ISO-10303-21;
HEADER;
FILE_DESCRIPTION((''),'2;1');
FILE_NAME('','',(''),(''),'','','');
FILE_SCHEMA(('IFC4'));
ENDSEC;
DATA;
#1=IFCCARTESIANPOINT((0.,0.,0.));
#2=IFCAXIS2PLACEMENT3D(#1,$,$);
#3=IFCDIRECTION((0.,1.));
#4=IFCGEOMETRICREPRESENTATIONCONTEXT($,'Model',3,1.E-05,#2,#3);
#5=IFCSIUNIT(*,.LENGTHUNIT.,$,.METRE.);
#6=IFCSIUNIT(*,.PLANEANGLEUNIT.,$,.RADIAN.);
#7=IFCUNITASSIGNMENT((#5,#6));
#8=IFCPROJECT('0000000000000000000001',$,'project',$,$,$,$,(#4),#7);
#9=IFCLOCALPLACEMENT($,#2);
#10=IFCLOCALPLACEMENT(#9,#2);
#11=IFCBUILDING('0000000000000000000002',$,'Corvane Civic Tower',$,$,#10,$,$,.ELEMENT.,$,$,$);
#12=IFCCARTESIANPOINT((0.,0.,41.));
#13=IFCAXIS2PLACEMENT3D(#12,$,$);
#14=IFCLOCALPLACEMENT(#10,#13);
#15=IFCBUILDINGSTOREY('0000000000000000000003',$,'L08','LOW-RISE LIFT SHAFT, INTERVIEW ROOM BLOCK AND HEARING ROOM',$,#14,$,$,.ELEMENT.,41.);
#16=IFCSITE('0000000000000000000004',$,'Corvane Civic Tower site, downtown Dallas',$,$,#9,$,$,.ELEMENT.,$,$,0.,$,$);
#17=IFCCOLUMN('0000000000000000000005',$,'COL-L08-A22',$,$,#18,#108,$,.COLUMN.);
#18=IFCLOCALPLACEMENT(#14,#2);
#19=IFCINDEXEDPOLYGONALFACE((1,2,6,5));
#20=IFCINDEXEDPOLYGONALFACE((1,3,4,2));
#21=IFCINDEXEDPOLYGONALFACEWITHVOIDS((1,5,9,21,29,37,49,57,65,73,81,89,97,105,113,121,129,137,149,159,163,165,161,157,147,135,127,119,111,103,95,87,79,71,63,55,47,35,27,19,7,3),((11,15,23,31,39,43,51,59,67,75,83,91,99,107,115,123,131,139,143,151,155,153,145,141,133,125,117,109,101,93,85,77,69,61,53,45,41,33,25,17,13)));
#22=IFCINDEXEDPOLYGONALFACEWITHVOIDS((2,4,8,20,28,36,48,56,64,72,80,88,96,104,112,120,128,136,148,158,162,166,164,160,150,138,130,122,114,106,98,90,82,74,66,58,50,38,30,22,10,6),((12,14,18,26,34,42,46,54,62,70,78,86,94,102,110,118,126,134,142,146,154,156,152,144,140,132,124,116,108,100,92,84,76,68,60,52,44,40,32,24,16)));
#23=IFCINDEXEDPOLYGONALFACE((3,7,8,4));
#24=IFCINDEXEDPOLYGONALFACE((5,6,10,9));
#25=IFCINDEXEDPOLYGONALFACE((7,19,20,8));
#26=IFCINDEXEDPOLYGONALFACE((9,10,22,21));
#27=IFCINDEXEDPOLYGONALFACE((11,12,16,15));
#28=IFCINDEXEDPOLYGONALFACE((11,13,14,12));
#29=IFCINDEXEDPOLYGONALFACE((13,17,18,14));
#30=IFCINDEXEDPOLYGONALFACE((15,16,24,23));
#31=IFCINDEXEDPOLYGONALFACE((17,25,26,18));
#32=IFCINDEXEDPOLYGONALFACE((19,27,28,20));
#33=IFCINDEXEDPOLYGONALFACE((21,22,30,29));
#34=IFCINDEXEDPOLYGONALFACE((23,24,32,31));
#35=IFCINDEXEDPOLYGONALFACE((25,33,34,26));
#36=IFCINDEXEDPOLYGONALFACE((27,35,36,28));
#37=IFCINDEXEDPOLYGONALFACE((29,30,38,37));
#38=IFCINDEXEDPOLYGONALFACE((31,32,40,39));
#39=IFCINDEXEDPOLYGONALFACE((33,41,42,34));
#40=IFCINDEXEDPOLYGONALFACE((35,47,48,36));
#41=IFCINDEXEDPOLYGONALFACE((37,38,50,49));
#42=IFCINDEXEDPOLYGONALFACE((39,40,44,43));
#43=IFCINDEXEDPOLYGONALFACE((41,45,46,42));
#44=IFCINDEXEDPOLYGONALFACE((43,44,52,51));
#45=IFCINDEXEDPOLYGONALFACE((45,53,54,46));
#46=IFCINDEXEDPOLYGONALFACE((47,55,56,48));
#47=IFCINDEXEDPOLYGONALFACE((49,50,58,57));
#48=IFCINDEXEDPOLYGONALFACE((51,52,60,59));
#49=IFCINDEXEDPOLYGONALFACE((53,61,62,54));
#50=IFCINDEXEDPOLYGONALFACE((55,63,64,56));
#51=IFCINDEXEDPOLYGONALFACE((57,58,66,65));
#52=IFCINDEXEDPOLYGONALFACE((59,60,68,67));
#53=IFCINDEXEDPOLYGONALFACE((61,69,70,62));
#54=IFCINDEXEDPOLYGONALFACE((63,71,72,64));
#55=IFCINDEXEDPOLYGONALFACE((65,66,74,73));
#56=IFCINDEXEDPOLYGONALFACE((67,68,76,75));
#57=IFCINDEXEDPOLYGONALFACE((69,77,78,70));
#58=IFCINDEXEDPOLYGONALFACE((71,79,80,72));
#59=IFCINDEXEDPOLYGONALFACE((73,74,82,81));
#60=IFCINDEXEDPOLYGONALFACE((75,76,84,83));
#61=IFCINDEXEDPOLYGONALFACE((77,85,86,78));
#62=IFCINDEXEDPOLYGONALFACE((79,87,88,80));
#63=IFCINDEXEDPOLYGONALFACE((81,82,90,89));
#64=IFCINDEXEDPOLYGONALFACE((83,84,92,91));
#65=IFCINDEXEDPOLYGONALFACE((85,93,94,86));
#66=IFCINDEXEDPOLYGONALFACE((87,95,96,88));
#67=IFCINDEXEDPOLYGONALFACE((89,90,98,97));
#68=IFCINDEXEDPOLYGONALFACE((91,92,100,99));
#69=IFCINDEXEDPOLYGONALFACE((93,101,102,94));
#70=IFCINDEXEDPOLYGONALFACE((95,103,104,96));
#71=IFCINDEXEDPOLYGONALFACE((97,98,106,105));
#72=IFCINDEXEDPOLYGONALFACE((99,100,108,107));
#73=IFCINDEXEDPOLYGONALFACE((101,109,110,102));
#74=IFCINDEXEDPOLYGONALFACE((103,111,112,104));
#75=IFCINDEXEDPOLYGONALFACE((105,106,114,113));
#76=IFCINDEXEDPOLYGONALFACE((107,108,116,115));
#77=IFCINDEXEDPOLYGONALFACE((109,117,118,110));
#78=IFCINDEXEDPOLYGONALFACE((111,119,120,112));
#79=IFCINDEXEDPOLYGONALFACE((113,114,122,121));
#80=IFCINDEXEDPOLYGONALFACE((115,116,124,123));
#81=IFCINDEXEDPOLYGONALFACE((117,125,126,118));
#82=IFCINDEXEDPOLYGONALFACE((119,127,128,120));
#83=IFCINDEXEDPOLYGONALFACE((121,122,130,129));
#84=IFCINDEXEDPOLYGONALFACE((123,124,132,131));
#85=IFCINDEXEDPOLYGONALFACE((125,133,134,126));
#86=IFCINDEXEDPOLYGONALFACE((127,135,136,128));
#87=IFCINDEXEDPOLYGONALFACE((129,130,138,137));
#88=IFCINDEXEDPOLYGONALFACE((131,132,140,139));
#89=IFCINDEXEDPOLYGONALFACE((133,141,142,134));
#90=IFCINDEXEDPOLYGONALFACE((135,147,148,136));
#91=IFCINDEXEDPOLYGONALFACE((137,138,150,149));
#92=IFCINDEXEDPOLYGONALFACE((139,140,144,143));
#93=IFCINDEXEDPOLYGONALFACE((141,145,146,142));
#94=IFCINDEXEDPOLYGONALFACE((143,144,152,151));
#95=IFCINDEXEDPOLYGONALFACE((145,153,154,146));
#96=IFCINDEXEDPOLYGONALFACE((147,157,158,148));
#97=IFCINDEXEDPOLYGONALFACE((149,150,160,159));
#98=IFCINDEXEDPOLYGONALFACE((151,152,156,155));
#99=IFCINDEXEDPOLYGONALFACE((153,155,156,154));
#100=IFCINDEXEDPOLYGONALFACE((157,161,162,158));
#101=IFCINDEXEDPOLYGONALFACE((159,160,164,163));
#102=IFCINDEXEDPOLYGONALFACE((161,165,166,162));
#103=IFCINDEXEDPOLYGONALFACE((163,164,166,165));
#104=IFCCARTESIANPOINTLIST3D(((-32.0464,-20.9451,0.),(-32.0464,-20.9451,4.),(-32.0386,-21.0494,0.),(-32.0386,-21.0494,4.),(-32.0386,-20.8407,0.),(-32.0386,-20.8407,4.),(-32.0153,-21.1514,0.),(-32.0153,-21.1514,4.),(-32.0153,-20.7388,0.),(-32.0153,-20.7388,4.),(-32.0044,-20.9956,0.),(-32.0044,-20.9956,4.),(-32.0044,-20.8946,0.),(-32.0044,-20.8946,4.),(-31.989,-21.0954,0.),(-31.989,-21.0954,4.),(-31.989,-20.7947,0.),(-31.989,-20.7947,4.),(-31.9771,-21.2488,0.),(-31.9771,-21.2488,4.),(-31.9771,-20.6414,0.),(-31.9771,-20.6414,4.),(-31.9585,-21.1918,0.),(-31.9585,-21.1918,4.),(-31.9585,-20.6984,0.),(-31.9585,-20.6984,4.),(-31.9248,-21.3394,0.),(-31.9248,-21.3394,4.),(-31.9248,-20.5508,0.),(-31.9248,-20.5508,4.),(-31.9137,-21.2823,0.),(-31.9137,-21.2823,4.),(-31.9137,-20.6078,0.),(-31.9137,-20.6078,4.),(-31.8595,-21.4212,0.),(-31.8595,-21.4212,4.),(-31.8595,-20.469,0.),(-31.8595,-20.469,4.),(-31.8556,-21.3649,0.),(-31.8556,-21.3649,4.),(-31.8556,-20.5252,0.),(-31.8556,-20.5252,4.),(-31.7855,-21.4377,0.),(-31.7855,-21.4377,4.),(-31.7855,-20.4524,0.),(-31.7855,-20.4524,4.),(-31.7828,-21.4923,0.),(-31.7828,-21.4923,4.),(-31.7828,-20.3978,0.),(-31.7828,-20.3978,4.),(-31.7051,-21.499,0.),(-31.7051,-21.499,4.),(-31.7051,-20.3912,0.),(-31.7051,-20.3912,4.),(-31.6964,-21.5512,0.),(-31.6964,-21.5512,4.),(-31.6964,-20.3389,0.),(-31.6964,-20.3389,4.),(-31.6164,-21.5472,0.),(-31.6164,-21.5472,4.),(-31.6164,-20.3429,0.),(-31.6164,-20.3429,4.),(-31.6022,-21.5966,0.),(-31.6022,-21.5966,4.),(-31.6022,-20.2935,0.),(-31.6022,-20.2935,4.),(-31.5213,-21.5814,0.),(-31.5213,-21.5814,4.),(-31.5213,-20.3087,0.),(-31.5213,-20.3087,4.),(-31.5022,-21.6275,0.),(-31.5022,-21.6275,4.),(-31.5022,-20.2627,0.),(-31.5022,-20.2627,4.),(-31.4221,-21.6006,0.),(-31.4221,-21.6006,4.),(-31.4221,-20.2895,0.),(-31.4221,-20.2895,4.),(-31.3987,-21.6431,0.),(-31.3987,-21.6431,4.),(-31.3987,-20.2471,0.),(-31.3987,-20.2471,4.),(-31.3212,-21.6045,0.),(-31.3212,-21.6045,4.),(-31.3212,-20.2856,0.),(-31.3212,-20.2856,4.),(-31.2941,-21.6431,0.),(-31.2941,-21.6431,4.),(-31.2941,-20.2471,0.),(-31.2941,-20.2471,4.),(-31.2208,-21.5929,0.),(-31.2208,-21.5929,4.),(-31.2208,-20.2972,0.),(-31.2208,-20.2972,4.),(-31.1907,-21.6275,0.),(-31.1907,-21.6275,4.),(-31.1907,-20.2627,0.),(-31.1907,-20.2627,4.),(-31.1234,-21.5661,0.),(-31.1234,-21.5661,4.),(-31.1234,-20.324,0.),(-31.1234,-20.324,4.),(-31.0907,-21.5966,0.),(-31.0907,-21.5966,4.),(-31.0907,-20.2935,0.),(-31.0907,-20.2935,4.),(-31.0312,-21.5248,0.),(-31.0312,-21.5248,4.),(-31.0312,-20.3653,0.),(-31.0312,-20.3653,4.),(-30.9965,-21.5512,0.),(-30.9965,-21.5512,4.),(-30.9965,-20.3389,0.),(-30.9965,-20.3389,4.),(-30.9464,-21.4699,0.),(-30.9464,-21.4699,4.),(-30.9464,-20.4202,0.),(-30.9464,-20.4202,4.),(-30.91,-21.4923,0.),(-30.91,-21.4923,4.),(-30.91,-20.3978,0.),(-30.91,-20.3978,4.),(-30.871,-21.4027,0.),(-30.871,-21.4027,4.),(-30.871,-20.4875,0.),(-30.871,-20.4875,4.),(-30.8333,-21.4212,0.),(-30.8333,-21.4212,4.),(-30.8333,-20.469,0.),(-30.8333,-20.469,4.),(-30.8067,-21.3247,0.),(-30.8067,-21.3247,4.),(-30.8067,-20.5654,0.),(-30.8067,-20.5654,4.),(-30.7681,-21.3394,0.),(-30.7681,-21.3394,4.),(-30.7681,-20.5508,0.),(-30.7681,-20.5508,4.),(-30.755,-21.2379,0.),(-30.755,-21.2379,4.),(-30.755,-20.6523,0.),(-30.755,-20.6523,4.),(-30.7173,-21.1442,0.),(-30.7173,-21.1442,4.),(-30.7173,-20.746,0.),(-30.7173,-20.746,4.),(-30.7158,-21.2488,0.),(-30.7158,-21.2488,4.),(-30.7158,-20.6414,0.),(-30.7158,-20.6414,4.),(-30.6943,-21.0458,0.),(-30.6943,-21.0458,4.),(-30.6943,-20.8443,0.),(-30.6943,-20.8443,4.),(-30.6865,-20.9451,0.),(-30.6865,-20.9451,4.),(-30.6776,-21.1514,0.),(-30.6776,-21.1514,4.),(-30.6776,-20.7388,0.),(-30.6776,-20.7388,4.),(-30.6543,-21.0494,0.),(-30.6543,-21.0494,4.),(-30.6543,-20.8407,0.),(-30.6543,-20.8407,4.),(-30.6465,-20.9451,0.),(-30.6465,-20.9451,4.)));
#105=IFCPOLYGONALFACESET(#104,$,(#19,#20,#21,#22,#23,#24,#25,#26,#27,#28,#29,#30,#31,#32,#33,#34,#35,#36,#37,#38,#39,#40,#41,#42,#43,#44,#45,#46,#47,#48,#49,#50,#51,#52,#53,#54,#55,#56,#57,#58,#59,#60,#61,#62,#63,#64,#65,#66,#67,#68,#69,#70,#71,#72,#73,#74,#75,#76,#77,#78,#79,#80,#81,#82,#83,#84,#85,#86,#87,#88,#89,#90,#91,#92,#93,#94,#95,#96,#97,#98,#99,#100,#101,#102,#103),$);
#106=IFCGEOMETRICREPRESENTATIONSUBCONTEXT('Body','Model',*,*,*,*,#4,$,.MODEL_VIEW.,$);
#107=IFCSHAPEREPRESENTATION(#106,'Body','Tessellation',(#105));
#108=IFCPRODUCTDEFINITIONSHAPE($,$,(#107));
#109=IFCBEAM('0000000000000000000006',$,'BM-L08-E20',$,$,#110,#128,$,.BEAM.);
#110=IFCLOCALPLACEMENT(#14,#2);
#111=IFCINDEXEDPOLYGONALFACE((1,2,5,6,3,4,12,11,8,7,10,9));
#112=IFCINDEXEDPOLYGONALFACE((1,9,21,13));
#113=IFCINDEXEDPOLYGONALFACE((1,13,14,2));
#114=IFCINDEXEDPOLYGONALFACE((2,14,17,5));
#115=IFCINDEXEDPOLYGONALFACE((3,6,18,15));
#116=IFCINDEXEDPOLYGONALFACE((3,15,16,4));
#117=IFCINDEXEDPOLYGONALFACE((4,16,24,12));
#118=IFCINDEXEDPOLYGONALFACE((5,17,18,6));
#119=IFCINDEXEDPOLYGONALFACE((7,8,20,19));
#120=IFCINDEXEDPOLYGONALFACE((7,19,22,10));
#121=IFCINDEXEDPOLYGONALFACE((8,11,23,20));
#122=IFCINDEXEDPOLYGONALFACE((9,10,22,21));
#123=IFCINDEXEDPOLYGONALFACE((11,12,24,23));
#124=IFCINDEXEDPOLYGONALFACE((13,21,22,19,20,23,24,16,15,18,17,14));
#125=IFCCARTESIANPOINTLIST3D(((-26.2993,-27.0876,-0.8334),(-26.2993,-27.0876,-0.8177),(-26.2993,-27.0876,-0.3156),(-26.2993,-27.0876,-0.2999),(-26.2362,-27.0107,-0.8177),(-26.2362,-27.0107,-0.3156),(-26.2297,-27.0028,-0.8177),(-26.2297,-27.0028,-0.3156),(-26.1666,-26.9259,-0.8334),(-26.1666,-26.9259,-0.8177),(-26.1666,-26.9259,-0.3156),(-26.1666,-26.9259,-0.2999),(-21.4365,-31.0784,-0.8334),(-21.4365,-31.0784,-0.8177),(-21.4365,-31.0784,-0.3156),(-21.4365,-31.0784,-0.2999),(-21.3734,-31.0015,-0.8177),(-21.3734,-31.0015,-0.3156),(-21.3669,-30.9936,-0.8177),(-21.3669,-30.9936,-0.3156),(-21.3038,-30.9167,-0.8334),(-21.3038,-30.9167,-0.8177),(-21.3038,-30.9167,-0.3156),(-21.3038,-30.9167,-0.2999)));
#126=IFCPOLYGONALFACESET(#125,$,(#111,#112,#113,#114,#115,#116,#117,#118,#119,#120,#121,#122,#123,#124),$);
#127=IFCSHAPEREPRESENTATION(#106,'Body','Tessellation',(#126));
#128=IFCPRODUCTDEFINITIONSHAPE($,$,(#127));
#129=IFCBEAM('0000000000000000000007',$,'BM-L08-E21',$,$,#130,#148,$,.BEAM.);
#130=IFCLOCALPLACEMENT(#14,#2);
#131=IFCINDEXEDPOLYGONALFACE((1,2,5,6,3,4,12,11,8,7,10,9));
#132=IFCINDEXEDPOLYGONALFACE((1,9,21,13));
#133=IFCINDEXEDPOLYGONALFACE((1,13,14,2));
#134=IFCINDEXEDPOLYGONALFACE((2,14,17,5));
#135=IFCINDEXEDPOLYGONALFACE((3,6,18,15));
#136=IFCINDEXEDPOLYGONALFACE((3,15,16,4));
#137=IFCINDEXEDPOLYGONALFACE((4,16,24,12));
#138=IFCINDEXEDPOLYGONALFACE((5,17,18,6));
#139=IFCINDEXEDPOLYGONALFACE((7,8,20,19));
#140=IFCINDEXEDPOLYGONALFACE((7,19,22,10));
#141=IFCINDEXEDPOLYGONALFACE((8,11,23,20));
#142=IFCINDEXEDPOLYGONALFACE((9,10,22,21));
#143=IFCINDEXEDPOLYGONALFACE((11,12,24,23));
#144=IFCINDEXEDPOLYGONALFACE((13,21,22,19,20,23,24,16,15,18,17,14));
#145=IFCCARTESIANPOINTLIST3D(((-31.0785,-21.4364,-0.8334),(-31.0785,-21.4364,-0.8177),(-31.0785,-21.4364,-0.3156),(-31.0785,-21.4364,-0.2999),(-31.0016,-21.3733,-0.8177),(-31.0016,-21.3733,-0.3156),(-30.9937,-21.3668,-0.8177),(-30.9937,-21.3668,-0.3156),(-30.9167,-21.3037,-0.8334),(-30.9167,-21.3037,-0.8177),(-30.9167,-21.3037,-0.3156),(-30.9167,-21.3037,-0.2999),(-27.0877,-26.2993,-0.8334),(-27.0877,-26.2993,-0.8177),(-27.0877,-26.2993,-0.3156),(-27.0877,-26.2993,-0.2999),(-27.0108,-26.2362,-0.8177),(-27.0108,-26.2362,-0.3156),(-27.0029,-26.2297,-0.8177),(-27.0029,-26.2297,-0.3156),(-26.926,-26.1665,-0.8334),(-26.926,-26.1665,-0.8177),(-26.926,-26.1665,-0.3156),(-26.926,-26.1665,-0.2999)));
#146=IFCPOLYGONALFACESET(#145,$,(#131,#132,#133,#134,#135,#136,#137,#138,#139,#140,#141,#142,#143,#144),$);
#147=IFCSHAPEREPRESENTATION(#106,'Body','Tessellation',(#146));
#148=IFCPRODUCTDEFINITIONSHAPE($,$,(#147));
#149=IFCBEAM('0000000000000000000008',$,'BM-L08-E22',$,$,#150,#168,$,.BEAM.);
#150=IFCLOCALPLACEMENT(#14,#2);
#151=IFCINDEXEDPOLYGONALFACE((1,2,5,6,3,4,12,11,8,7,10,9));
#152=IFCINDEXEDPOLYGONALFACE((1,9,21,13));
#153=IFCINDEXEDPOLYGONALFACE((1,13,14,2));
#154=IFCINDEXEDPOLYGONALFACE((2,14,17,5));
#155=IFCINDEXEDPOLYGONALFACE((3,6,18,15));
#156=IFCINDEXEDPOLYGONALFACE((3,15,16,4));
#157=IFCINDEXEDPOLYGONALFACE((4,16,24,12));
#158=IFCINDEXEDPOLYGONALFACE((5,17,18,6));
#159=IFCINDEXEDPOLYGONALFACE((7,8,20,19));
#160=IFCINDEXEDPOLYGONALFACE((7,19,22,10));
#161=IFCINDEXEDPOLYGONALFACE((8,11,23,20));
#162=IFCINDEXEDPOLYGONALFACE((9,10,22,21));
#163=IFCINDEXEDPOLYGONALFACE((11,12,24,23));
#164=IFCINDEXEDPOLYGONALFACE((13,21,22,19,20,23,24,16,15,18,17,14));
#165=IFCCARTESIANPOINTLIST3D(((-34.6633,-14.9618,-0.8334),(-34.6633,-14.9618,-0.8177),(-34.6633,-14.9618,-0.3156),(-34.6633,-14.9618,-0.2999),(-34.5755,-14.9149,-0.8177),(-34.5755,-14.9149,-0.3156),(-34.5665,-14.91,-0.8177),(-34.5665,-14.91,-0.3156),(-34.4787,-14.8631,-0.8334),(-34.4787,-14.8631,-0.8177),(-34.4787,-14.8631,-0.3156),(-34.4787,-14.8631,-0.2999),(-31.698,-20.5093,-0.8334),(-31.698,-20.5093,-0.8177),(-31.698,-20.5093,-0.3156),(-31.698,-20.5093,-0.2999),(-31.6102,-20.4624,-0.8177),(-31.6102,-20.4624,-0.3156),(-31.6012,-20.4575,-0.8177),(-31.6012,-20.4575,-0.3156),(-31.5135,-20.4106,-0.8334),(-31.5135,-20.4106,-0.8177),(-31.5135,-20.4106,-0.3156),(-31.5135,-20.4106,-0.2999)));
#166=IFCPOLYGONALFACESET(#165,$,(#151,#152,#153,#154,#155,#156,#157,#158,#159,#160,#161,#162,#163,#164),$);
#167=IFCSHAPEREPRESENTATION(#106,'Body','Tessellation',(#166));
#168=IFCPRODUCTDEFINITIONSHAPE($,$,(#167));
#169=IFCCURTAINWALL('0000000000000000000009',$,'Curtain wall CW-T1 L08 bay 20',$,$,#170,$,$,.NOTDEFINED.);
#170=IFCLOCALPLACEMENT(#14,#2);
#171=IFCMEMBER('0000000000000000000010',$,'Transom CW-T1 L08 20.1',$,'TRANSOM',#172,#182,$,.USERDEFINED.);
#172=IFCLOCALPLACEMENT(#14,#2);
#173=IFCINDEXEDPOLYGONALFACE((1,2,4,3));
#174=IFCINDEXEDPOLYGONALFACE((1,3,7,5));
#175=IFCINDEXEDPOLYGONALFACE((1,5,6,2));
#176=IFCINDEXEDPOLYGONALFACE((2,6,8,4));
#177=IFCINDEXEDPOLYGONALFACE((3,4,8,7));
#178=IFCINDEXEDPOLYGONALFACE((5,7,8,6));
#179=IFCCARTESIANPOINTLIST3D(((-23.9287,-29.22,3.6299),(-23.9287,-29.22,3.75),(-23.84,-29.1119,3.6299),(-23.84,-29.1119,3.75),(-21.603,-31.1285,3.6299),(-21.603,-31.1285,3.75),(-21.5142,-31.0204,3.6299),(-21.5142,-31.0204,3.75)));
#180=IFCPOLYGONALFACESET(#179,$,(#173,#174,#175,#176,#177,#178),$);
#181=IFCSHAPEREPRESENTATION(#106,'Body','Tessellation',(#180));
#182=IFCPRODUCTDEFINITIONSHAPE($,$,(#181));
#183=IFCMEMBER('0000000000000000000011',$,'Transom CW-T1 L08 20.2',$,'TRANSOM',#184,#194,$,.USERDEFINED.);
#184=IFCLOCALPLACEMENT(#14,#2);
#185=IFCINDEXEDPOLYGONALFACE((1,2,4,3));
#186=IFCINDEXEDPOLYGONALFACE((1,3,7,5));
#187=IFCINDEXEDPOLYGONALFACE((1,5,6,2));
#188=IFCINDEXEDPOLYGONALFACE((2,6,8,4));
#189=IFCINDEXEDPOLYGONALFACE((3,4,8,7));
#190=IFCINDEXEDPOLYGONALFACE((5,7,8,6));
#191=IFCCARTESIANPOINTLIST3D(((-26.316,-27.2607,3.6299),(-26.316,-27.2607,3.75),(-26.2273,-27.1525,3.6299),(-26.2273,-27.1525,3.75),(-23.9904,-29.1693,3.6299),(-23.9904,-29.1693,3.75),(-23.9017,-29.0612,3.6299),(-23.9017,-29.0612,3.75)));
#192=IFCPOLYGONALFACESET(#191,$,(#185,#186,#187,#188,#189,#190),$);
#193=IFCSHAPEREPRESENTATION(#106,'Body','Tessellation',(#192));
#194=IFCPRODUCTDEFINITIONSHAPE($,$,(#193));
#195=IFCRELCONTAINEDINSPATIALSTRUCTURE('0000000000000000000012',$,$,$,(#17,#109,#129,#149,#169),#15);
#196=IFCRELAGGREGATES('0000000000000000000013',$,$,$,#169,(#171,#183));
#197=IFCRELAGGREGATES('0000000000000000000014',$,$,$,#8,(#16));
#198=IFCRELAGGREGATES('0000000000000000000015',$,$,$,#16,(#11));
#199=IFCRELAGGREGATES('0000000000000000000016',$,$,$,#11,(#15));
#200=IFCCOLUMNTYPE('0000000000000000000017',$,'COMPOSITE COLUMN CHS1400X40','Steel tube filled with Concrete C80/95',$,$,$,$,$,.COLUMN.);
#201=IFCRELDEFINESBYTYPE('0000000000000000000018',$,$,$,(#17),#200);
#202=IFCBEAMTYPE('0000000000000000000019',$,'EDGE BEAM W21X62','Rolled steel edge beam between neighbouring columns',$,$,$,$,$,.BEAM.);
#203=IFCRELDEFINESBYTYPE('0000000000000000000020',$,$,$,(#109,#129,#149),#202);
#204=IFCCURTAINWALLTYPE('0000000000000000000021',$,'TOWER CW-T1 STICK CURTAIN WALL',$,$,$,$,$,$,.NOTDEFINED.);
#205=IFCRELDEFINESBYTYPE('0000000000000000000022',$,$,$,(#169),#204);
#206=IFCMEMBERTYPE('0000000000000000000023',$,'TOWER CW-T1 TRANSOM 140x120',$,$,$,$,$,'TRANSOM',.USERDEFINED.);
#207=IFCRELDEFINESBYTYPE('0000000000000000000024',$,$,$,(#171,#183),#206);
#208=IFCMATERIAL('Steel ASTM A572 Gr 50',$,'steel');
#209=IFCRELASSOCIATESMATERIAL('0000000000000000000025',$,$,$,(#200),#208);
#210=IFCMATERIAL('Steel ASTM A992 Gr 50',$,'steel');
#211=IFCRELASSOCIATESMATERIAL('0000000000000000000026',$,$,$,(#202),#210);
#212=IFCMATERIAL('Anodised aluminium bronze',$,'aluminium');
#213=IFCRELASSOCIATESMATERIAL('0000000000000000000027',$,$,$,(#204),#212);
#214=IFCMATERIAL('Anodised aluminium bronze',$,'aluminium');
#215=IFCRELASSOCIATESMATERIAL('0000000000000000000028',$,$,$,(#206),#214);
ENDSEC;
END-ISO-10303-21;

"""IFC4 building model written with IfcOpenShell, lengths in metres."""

from ifc_helpers import new_model, si_unit, direction, frame, origin, origin_2d, place, context, subcontext, project, spatial, rectangle, hollow_circle, i_section, extrude, material, material_profile, profile_set, type_object, element, aggregate, save


model = new_model("IFC4")

# Units and contexts
model_context = context("Model", 3, precision=1e-05, world=origin(), true_north=direction((0.0, 1.0)))
body_context = subcontext(model_context, "Body", "Model", "MODEL_VIEW")
ifc_project = project(units=[si_unit("LENGTHUNIT", "METRE"), si_unit("PLANEANGLEUNIT", "RADIAN")], contexts=[model_context])

# Site, building, storey
site_placement = place(None, origin())
site = spatial("IfcSite", under=ifc_project, at=site_placement, Name="Corvane Civic Tower site, downtown Dallas", CompositionType="ELEMENT", RefElevation=0.0)
building_placement = place(site_placement, origin())
building = spatial("IfcBuilding", under=site, at=building_placement, Name="Corvane Civic Tower", CompositionType="ELEMENT")
storey_placement = place(building_placement, frame((0.0, 0.0, 41.0)))
storey = spatial("IfcBuildingStorey", under=building, at=storey_placement, Name="L08", Description="LOW-RISE LIFT SHAFT, INTERVIEW ROOM BLOCK AND HEARING ROOM", CompositionType="ELEMENT", Elevation=41.0)

# Column
ifc_material_1 = material(Name="Steel ASTM A572 Gr 50", Category="steel")
ifc_material_profile_1 = material_profile(ifc_material_1, hollow_circle(Radius=0.7, WallThickness=0.04, at=origin_2d()), Name="CHS1400X40")
ifc_profile_set_1 = profile_set([ifc_material_profile_1], Name="Steel ASTM A572 Gr 50")
column_type = type_object("IfcColumnType", Name="COMPOSITE COLUMN CHS1400X40", Description="Steel tube filled with Concrete C80/95", PredefinedType="COLUMN", material=ifc_profile_set_1)
for number, where, z_axis, x_axis, name in (
    (1, (-31.3464, -20.9451, 0.0), (0.0, 0.0, 1.0), (1.0, 0.0, 0.0), "COL-L08-A22"),
):
    element("IfcColumn", number, at=place(storey_placement, frame(where, z_axis=z_axis, x_axis=x_axis)), inside=storey, type_object=column_type, Name=name, PredefinedType="COLUMN", context=body_context, shape_type="SweptSolid", body=[
        extrude(hollow_circle(Radius=0.7, WallThickness=0.04, at=origin_2d()), origin(), (0.0, 0.0, 1.0), 4.0),
    ])

# Beams
ifc_material_2 = material(Name="Steel ASTM A992 Gr 50", Category="steel")
ifc_material_profile_2 = material_profile(ifc_material_2, i_section(OverallWidth=0.2092, OverallDepth=0.5334, WebThickness=0.0103, FlangeThickness=0.0156, at=origin_2d()), Name="W21X62")
ifc_profile_set_2 = profile_set([ifc_material_profile_2], Name="Steel ASTM A992 Gr 50")
beam_type = type_object("IfcBeamType", Name="EDGE BEAM W21X62", Description="Rolled steel edge beam between neighbouring columns", PredefinedType="BEAM", material=ifc_profile_set_2)
for number, where, z_axis, x_axis, name in (
    (2, (-21.3701, -30.9976, -0.5667), (-0.773016, 0.634387, 0.0), (-0.634387, -0.773016, 0.0), "BM-L08-E20"),
    (3, (-27.0068, -26.2329, -0.5667), (-0.634387, 0.773016, 0.0), (-0.773016, -0.634387, 0.0), "BM-L08-E21"),
):
    element("IfcBeam", number, at=place(storey_placement, frame(where, z_axis=z_axis, x_axis=x_axis)), inside=storey, type_object=beam_type, Name=name, PredefinedType="BEAM", context=body_context, shape_type="SweptSolid", body=[
        extrude(i_section(OverallWidth=0.2092, OverallDepth=0.5334, WebThickness=0.0103, FlangeThickness=0.0156, at=origin_2d()), origin(), (0.0, 0.0, 1.0), 6.2908),
    ])
beam_placement = place(storey_placement, frame((-31.6057, -20.46, -0.5667), z_axis=(-0.471406, 0.881916, 0.0), x_axis=(-0.881916, -0.471406, 0.0)))
element("IfcBeam", 4, at=beam_placement, inside=storey, type_object=beam_type, Name="BM-L08-E22", PredefinedType="BEAM", context=body_context, shape_type="SweptSolid", body=[
    extrude(i_section(OverallWidth=0.2092, OverallDepth=0.5334, WebThickness=0.0103, FlangeThickness=0.0156, at=origin_2d()), origin(), (0.0, 0.0, 1.0), 6.2903),
])

# Curtain wall, members
ifc_material_3 = material(Name="Anodised aluminium bronze", Category="aluminium")
curtain_wall_type = type_object("IfcCurtainWallType", Name="TOWER CW-T1 STICK CURTAIN WALL", PredefinedType="NOTDEFINED", material=ifc_material_3)
curtain_wall_1_placement = place(storey_placement, origin())
curtain_wall_1 = element("IfcCurtainWall", 5, at=curtain_wall_1_placement, inside=storey, type_object=curtain_wall_type, Name="Curtain wall CW-T1 L08 bay 20", PredefinedType="NOTDEFINED")
ifc_material_4 = material(Name="Anodised aluminium bronze", Category="aluminium")
ifc_material_profile_3 = material_profile(ifc_material_4, rectangle(XDim=0.1399, YDim=0.1201, at=origin_2d()), Name="TOWER CW-T1 TRANSOM 140x120")
ifc_profile_set_3 = profile_set([ifc_material_profile_3], Name="Anodised aluminium bronze")
member_type_1 = type_object("IfcMemberType", Name="TOWER CW-T1 TRANSOM 140x120", ElementType="TRANSOM", PredefinedType="USERDEFINED", material=ifc_profile_set_3)
member_1_placement = place(storey_placement, frame((-21.5586, -31.0745, 3.6899), z_axis=(-0.773042, 0.634355, 0.0), x_axis=(-0.634355, -0.773042, 0.0)))
member_1 = element("IfcMember", 6, at=member_1_placement, type_object=member_type_1, Name="Transom CW-T1 L08 20.1", ObjectType="TRANSOM", PredefinedType="USERDEFINED", context=body_context, shape_type="SweptSolid", body=[
    extrude(rectangle(XDim=0.1399, YDim=0.1201, at=origin_2d()), origin(), (0.0, 0.0, 1.0), 3.0085),
])
member_2_placement = place(storey_placement, frame((-23.946, -29.1152, 3.6899), z_axis=(-0.773002, 0.634404, 0.0), x_axis=(-0.634404, -0.773002, 0.0)))
member_2 = element("IfcMember", 7, at=member_2_placement, type_object=member_type_1, Name="Transom CW-T1 L08 20.2", ObjectType="TRANSOM", PredefinedType="USERDEFINED", context=body_context, shape_type="SweptSolid", body=[
    extrude(rectangle(XDim=0.1399, YDim=0.1201, at=origin_2d()), origin(), (0.0, 0.0, 1.0), 3.0085),
])

aggregate(curtain_wall_1, [member_1, member_2])

save(model, "model.ifc")
